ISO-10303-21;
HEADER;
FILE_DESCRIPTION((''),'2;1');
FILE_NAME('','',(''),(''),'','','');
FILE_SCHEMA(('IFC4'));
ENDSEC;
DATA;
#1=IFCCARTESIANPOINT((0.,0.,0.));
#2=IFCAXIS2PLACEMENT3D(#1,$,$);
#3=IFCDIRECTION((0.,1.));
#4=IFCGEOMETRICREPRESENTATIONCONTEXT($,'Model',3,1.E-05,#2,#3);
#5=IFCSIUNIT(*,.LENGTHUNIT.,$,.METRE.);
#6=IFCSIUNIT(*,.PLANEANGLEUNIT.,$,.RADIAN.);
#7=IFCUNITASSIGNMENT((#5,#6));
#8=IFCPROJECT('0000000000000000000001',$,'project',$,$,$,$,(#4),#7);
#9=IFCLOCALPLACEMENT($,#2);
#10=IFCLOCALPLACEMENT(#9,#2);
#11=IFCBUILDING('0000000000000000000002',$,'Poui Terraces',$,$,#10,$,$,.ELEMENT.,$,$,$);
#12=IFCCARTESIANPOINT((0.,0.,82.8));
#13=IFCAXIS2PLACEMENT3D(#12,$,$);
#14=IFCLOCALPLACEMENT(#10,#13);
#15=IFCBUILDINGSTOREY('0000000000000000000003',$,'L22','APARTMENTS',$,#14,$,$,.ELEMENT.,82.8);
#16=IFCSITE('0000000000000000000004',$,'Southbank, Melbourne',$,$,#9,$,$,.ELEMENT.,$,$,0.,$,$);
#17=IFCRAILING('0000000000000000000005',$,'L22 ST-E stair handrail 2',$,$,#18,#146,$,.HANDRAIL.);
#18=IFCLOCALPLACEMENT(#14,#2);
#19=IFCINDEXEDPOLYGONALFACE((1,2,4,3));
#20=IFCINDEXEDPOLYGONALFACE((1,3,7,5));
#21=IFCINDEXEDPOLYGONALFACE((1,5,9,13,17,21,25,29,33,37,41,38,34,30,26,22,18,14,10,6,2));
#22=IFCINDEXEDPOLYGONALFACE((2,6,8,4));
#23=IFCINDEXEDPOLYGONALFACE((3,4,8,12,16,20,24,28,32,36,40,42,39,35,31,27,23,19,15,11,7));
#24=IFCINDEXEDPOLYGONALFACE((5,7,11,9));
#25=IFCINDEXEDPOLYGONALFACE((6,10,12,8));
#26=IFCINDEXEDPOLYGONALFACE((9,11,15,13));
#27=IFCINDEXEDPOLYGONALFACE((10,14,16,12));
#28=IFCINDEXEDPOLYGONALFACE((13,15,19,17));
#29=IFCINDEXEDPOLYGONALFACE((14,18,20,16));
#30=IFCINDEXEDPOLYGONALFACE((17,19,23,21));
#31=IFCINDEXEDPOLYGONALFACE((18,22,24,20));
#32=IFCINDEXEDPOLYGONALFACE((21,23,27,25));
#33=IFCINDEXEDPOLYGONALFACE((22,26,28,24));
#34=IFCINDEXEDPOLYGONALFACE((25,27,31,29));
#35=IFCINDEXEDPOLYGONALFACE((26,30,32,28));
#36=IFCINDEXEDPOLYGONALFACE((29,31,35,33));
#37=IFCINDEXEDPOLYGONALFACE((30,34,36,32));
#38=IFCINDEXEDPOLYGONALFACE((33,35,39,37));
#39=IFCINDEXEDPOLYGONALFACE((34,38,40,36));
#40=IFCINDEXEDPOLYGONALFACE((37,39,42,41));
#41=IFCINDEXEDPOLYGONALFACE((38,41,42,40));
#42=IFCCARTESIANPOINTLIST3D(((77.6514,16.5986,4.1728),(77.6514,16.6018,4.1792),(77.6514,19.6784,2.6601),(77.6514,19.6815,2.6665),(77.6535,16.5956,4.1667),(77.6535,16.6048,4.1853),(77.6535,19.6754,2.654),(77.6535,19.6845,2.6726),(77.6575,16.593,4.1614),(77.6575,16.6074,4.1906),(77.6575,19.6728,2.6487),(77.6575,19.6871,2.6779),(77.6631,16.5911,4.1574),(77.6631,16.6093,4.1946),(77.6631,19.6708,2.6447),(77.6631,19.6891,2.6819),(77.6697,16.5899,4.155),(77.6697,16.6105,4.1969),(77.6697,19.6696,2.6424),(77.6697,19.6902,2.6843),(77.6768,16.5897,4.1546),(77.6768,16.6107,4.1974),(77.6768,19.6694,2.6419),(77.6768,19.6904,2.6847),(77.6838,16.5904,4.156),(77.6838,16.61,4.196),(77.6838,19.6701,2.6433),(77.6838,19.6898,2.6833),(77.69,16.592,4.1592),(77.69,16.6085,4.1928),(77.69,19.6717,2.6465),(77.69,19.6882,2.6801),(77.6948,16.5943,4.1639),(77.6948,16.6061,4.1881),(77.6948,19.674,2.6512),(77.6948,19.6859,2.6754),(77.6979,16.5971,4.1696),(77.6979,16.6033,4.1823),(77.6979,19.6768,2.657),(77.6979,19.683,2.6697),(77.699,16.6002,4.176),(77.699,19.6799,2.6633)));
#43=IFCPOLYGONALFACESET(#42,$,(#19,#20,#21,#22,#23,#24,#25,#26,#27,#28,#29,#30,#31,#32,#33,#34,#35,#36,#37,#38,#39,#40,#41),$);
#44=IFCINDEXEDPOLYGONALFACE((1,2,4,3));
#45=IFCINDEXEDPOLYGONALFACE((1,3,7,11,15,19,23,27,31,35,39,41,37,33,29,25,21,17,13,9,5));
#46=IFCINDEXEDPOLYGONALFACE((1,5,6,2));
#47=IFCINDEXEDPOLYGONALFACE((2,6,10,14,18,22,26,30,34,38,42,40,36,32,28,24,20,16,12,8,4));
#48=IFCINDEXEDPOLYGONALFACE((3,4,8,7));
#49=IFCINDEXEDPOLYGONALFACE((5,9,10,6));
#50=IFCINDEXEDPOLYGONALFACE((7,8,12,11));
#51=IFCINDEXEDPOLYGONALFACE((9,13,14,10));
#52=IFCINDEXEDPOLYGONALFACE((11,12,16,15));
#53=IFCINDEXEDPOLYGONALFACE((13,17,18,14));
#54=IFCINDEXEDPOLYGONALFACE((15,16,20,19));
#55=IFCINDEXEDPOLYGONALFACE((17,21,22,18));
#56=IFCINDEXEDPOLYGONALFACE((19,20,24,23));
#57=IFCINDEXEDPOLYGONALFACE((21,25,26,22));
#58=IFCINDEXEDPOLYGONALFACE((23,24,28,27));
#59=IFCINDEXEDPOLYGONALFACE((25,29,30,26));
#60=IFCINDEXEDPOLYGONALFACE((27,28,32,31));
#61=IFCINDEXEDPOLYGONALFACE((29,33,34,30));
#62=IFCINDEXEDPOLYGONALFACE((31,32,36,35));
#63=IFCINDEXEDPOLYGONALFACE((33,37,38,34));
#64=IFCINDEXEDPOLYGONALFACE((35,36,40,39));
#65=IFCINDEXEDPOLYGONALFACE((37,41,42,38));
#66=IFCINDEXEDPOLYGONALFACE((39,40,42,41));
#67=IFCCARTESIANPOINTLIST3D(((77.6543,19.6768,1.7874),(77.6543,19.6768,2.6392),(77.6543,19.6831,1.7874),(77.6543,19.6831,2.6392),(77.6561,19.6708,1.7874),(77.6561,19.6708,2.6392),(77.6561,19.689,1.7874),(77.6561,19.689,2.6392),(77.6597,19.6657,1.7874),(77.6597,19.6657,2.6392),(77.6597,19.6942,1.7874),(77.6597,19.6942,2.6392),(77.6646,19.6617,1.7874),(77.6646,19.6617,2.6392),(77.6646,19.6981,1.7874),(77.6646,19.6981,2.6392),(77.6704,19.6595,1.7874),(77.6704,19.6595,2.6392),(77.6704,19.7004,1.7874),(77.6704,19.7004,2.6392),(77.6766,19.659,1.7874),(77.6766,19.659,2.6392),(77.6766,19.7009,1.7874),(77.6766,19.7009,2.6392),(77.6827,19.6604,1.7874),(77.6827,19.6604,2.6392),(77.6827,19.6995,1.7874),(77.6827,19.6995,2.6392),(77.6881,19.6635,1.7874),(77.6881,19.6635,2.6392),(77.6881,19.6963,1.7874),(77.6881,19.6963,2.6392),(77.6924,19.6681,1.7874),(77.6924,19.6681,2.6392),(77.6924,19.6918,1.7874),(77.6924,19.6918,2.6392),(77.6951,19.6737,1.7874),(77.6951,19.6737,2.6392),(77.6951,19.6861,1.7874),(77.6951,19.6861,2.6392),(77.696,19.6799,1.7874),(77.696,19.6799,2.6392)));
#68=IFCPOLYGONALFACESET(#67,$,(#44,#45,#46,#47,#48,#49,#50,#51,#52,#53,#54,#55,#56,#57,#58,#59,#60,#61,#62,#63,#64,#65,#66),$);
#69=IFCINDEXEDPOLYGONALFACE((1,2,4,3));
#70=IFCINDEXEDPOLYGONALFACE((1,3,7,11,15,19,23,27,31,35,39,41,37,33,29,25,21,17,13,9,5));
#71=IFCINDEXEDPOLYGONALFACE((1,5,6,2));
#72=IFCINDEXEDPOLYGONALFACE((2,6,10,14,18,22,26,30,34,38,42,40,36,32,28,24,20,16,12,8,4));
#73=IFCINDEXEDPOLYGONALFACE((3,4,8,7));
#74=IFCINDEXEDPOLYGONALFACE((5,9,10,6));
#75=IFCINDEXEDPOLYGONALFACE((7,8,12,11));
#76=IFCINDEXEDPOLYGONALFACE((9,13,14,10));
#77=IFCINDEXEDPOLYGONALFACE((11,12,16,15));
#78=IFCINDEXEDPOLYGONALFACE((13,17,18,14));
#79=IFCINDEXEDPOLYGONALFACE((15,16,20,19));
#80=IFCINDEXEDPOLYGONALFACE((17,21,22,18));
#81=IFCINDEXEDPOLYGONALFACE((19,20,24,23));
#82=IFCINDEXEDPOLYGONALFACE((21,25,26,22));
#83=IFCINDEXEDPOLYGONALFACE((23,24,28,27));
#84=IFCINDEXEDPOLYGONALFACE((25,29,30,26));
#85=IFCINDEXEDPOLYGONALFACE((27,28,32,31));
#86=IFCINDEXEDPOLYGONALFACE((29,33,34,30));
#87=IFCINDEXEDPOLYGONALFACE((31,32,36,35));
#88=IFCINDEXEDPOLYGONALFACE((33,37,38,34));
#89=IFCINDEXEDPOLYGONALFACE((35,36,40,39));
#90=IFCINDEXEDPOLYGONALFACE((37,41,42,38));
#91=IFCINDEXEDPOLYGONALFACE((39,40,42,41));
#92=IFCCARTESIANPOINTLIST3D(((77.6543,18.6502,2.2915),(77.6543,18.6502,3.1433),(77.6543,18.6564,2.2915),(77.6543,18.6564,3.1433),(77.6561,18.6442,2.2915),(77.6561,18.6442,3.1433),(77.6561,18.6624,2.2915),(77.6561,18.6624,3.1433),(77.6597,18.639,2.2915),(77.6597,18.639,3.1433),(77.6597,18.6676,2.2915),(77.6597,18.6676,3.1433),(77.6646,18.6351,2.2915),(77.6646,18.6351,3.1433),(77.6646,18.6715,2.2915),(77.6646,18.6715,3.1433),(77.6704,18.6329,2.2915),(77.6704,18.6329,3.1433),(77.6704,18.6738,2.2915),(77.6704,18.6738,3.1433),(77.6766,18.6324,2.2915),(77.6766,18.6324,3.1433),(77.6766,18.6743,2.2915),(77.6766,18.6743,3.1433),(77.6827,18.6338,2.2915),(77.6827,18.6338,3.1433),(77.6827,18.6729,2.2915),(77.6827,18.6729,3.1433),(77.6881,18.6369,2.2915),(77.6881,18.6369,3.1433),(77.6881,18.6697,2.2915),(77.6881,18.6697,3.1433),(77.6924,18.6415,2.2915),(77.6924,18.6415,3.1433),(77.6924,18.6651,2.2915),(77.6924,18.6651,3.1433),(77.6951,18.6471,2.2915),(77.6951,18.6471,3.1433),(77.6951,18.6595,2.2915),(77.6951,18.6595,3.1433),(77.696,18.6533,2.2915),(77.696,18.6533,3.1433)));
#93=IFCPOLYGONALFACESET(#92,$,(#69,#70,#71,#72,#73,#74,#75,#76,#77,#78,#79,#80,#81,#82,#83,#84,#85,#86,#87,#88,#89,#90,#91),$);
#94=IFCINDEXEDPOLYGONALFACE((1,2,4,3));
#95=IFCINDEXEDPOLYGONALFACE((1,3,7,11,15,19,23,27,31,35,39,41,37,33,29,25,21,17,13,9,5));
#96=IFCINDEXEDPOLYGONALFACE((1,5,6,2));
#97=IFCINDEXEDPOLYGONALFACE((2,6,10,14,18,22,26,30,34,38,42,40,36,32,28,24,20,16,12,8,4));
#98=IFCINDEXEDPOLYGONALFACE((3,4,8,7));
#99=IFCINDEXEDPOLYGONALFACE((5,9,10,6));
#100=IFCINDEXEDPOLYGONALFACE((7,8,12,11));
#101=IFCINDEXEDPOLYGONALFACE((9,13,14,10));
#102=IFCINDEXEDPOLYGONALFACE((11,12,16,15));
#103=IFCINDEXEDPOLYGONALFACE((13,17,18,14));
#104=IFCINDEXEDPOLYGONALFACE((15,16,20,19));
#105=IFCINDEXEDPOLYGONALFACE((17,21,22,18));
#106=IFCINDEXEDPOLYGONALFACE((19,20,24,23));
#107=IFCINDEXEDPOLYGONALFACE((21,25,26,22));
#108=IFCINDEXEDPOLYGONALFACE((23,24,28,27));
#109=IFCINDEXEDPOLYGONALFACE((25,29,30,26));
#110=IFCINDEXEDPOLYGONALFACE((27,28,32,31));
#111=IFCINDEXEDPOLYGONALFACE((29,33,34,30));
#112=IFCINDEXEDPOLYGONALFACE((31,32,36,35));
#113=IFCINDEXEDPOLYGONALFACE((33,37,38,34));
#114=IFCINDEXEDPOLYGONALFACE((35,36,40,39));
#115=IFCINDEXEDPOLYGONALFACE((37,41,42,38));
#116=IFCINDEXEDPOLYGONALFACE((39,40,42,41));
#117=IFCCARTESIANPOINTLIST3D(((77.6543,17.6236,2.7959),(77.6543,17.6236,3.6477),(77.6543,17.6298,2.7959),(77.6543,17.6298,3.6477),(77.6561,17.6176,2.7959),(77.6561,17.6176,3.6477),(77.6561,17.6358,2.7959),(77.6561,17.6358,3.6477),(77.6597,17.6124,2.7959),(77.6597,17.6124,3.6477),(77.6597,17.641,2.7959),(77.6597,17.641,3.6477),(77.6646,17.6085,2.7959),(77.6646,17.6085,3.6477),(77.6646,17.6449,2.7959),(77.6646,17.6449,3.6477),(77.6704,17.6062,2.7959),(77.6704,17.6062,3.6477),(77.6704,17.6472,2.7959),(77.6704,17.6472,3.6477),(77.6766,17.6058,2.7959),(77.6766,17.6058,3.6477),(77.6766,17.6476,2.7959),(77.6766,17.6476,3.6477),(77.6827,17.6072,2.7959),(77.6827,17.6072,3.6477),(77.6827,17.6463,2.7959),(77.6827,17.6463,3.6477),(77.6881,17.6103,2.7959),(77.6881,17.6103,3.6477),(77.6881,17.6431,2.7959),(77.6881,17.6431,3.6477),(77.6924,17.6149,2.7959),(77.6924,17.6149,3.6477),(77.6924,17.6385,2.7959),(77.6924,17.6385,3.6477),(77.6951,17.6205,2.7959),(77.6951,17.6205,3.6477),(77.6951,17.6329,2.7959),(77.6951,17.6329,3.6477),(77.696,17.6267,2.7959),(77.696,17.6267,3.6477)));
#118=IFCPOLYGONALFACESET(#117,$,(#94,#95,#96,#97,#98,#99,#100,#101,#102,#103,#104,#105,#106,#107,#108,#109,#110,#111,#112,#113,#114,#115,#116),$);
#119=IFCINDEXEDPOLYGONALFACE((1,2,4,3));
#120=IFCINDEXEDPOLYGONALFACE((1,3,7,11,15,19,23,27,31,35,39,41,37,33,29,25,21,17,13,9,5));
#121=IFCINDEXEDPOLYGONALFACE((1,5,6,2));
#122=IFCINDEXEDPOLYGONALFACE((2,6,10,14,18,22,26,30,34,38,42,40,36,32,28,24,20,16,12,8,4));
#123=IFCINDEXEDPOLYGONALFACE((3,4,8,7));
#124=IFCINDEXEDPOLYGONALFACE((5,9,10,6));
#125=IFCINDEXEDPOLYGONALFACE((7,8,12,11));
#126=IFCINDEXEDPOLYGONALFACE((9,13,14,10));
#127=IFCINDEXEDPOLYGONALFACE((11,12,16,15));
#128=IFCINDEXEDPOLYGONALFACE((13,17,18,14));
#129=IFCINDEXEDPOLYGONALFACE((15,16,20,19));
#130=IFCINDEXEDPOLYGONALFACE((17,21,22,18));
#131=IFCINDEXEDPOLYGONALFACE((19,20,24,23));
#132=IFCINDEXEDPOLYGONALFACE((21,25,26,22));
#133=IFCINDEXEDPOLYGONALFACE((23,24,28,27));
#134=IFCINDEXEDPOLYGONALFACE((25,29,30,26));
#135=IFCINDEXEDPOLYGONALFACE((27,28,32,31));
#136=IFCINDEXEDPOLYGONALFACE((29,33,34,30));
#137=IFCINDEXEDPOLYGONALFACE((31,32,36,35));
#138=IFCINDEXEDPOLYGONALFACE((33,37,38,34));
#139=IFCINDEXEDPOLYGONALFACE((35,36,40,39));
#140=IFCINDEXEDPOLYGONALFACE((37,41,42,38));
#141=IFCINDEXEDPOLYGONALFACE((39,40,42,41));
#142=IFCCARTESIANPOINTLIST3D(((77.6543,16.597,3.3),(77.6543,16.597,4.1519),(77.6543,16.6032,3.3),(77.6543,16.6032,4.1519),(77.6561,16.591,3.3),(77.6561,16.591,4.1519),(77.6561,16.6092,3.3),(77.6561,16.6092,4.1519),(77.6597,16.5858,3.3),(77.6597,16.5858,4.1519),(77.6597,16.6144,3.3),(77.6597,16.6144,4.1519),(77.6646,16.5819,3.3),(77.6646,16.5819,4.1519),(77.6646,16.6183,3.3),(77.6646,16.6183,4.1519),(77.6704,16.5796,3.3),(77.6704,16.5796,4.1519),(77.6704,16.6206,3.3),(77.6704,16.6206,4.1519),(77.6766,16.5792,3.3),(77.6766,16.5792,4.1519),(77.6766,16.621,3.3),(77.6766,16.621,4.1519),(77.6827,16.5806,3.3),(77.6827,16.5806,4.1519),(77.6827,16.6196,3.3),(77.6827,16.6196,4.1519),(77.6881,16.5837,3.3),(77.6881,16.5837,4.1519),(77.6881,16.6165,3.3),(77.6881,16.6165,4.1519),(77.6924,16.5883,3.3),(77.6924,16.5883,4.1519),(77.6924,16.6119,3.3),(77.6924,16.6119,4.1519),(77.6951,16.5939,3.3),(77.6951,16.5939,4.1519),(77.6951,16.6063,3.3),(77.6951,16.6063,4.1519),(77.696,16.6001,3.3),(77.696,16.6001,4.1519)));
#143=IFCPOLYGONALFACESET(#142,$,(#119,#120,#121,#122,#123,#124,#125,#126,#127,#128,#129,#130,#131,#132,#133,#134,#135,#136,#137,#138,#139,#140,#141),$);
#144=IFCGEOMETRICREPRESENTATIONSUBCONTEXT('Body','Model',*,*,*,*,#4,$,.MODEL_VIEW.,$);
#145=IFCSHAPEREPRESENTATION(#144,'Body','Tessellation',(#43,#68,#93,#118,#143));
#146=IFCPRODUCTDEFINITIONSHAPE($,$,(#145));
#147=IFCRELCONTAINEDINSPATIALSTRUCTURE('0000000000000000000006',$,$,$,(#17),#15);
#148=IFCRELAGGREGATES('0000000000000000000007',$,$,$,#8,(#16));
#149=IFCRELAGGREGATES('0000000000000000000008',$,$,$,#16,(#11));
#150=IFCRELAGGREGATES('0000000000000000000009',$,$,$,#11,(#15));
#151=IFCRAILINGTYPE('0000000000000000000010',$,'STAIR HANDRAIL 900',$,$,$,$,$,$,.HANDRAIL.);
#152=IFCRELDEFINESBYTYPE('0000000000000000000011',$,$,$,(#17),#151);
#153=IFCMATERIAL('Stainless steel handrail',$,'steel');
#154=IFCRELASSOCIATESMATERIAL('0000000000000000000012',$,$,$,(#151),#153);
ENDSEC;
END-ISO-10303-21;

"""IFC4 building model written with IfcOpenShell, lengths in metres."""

from ifc_helpers import new_model, si_unit, direction, frame, origin, origin_2d, place, context, subcontext, project, spatial, circle, extrude, material, type_object, element, save


model = new_model("IFC4")

# Units and contexts
model_context = context("Model", 3, precision=1e-05, world=origin(), true_north=direction((0.0, 1.0)))
body_context = subcontext(model_context, "Body", "Model", "MODEL_VIEW")
ifc_project = project(units=[si_unit("LENGTHUNIT", "METRE"), si_unit("PLANEANGLEUNIT", "RADIAN")], contexts=[model_context])

# Site, building, storey
site_placement = place(None, origin())
site = spatial("IfcSite", under=ifc_project, at=site_placement, Name="Southbank, Melbourne", CompositionType="ELEMENT", RefElevation=0.0)
building_placement = place(site_placement, origin())
building = spatial("IfcBuilding", under=site, at=building_placement, Name="Poui Terraces", CompositionType="ELEMENT")
storey_placement = place(building_placement, frame((0.0, 0.0, 82.8)))
storey = spatial("IfcBuildingStorey", under=building, at=storey_placement, Name="L22", Description="APARTMENTS", CompositionType="ELEMENT", Elevation=82.8)

# Railing
ifc_material_1 = material(Name="Stainless steel handrail", Category="steel")
railing_type_1 = type_object("IfcRailingType", Name="STAIR HANDRAIL 900", PredefinedType="HANDRAIL", material=ifc_material_1)
railing_1_placement = place(storey_placement, frame((77.675, 19.6799, 1.7874)))
element("IfcRailing", 1, at=railing_1_placement, inside=storey, type_object=railing_type_1, Name="L22 ST-E stair handrail 2", PredefinedType="HANDRAIL", context=body_context, shape_type="SweptSolid", body=[
    extrude(circle(Radius=0.0239, at=origin_2d()), frame((0.0, 0.0, 0.876), z_axis=(0.0, -0.897578, 0.440856), x_axis=(1.0, 0.0, 0.0)), (0.0, 0.0, 1.0), 3.4312),
    extrude(circle(Radius=0.021, at=origin_2d()), origin(), (0.0, 0.0, 1.0), 0.8518),
    extrude(circle(Radius=0.021, at=origin_2d()), frame((0.0, -1.0266, 0.5042)), (0.0, 0.0, 1.0), 0.8518),
    extrude(circle(Radius=0.021, at=origin_2d()), frame((0.0, -2.0532, 1.0085)), (0.0, 0.0, 1.0), 0.8518),
    extrude(circle(Radius=0.021, at=origin_2d()), frame((0.0, -3.0798, 1.5127)), (0.0, 0.0, 1.0), 0.8518),
])

save(model, "model.ifc")
